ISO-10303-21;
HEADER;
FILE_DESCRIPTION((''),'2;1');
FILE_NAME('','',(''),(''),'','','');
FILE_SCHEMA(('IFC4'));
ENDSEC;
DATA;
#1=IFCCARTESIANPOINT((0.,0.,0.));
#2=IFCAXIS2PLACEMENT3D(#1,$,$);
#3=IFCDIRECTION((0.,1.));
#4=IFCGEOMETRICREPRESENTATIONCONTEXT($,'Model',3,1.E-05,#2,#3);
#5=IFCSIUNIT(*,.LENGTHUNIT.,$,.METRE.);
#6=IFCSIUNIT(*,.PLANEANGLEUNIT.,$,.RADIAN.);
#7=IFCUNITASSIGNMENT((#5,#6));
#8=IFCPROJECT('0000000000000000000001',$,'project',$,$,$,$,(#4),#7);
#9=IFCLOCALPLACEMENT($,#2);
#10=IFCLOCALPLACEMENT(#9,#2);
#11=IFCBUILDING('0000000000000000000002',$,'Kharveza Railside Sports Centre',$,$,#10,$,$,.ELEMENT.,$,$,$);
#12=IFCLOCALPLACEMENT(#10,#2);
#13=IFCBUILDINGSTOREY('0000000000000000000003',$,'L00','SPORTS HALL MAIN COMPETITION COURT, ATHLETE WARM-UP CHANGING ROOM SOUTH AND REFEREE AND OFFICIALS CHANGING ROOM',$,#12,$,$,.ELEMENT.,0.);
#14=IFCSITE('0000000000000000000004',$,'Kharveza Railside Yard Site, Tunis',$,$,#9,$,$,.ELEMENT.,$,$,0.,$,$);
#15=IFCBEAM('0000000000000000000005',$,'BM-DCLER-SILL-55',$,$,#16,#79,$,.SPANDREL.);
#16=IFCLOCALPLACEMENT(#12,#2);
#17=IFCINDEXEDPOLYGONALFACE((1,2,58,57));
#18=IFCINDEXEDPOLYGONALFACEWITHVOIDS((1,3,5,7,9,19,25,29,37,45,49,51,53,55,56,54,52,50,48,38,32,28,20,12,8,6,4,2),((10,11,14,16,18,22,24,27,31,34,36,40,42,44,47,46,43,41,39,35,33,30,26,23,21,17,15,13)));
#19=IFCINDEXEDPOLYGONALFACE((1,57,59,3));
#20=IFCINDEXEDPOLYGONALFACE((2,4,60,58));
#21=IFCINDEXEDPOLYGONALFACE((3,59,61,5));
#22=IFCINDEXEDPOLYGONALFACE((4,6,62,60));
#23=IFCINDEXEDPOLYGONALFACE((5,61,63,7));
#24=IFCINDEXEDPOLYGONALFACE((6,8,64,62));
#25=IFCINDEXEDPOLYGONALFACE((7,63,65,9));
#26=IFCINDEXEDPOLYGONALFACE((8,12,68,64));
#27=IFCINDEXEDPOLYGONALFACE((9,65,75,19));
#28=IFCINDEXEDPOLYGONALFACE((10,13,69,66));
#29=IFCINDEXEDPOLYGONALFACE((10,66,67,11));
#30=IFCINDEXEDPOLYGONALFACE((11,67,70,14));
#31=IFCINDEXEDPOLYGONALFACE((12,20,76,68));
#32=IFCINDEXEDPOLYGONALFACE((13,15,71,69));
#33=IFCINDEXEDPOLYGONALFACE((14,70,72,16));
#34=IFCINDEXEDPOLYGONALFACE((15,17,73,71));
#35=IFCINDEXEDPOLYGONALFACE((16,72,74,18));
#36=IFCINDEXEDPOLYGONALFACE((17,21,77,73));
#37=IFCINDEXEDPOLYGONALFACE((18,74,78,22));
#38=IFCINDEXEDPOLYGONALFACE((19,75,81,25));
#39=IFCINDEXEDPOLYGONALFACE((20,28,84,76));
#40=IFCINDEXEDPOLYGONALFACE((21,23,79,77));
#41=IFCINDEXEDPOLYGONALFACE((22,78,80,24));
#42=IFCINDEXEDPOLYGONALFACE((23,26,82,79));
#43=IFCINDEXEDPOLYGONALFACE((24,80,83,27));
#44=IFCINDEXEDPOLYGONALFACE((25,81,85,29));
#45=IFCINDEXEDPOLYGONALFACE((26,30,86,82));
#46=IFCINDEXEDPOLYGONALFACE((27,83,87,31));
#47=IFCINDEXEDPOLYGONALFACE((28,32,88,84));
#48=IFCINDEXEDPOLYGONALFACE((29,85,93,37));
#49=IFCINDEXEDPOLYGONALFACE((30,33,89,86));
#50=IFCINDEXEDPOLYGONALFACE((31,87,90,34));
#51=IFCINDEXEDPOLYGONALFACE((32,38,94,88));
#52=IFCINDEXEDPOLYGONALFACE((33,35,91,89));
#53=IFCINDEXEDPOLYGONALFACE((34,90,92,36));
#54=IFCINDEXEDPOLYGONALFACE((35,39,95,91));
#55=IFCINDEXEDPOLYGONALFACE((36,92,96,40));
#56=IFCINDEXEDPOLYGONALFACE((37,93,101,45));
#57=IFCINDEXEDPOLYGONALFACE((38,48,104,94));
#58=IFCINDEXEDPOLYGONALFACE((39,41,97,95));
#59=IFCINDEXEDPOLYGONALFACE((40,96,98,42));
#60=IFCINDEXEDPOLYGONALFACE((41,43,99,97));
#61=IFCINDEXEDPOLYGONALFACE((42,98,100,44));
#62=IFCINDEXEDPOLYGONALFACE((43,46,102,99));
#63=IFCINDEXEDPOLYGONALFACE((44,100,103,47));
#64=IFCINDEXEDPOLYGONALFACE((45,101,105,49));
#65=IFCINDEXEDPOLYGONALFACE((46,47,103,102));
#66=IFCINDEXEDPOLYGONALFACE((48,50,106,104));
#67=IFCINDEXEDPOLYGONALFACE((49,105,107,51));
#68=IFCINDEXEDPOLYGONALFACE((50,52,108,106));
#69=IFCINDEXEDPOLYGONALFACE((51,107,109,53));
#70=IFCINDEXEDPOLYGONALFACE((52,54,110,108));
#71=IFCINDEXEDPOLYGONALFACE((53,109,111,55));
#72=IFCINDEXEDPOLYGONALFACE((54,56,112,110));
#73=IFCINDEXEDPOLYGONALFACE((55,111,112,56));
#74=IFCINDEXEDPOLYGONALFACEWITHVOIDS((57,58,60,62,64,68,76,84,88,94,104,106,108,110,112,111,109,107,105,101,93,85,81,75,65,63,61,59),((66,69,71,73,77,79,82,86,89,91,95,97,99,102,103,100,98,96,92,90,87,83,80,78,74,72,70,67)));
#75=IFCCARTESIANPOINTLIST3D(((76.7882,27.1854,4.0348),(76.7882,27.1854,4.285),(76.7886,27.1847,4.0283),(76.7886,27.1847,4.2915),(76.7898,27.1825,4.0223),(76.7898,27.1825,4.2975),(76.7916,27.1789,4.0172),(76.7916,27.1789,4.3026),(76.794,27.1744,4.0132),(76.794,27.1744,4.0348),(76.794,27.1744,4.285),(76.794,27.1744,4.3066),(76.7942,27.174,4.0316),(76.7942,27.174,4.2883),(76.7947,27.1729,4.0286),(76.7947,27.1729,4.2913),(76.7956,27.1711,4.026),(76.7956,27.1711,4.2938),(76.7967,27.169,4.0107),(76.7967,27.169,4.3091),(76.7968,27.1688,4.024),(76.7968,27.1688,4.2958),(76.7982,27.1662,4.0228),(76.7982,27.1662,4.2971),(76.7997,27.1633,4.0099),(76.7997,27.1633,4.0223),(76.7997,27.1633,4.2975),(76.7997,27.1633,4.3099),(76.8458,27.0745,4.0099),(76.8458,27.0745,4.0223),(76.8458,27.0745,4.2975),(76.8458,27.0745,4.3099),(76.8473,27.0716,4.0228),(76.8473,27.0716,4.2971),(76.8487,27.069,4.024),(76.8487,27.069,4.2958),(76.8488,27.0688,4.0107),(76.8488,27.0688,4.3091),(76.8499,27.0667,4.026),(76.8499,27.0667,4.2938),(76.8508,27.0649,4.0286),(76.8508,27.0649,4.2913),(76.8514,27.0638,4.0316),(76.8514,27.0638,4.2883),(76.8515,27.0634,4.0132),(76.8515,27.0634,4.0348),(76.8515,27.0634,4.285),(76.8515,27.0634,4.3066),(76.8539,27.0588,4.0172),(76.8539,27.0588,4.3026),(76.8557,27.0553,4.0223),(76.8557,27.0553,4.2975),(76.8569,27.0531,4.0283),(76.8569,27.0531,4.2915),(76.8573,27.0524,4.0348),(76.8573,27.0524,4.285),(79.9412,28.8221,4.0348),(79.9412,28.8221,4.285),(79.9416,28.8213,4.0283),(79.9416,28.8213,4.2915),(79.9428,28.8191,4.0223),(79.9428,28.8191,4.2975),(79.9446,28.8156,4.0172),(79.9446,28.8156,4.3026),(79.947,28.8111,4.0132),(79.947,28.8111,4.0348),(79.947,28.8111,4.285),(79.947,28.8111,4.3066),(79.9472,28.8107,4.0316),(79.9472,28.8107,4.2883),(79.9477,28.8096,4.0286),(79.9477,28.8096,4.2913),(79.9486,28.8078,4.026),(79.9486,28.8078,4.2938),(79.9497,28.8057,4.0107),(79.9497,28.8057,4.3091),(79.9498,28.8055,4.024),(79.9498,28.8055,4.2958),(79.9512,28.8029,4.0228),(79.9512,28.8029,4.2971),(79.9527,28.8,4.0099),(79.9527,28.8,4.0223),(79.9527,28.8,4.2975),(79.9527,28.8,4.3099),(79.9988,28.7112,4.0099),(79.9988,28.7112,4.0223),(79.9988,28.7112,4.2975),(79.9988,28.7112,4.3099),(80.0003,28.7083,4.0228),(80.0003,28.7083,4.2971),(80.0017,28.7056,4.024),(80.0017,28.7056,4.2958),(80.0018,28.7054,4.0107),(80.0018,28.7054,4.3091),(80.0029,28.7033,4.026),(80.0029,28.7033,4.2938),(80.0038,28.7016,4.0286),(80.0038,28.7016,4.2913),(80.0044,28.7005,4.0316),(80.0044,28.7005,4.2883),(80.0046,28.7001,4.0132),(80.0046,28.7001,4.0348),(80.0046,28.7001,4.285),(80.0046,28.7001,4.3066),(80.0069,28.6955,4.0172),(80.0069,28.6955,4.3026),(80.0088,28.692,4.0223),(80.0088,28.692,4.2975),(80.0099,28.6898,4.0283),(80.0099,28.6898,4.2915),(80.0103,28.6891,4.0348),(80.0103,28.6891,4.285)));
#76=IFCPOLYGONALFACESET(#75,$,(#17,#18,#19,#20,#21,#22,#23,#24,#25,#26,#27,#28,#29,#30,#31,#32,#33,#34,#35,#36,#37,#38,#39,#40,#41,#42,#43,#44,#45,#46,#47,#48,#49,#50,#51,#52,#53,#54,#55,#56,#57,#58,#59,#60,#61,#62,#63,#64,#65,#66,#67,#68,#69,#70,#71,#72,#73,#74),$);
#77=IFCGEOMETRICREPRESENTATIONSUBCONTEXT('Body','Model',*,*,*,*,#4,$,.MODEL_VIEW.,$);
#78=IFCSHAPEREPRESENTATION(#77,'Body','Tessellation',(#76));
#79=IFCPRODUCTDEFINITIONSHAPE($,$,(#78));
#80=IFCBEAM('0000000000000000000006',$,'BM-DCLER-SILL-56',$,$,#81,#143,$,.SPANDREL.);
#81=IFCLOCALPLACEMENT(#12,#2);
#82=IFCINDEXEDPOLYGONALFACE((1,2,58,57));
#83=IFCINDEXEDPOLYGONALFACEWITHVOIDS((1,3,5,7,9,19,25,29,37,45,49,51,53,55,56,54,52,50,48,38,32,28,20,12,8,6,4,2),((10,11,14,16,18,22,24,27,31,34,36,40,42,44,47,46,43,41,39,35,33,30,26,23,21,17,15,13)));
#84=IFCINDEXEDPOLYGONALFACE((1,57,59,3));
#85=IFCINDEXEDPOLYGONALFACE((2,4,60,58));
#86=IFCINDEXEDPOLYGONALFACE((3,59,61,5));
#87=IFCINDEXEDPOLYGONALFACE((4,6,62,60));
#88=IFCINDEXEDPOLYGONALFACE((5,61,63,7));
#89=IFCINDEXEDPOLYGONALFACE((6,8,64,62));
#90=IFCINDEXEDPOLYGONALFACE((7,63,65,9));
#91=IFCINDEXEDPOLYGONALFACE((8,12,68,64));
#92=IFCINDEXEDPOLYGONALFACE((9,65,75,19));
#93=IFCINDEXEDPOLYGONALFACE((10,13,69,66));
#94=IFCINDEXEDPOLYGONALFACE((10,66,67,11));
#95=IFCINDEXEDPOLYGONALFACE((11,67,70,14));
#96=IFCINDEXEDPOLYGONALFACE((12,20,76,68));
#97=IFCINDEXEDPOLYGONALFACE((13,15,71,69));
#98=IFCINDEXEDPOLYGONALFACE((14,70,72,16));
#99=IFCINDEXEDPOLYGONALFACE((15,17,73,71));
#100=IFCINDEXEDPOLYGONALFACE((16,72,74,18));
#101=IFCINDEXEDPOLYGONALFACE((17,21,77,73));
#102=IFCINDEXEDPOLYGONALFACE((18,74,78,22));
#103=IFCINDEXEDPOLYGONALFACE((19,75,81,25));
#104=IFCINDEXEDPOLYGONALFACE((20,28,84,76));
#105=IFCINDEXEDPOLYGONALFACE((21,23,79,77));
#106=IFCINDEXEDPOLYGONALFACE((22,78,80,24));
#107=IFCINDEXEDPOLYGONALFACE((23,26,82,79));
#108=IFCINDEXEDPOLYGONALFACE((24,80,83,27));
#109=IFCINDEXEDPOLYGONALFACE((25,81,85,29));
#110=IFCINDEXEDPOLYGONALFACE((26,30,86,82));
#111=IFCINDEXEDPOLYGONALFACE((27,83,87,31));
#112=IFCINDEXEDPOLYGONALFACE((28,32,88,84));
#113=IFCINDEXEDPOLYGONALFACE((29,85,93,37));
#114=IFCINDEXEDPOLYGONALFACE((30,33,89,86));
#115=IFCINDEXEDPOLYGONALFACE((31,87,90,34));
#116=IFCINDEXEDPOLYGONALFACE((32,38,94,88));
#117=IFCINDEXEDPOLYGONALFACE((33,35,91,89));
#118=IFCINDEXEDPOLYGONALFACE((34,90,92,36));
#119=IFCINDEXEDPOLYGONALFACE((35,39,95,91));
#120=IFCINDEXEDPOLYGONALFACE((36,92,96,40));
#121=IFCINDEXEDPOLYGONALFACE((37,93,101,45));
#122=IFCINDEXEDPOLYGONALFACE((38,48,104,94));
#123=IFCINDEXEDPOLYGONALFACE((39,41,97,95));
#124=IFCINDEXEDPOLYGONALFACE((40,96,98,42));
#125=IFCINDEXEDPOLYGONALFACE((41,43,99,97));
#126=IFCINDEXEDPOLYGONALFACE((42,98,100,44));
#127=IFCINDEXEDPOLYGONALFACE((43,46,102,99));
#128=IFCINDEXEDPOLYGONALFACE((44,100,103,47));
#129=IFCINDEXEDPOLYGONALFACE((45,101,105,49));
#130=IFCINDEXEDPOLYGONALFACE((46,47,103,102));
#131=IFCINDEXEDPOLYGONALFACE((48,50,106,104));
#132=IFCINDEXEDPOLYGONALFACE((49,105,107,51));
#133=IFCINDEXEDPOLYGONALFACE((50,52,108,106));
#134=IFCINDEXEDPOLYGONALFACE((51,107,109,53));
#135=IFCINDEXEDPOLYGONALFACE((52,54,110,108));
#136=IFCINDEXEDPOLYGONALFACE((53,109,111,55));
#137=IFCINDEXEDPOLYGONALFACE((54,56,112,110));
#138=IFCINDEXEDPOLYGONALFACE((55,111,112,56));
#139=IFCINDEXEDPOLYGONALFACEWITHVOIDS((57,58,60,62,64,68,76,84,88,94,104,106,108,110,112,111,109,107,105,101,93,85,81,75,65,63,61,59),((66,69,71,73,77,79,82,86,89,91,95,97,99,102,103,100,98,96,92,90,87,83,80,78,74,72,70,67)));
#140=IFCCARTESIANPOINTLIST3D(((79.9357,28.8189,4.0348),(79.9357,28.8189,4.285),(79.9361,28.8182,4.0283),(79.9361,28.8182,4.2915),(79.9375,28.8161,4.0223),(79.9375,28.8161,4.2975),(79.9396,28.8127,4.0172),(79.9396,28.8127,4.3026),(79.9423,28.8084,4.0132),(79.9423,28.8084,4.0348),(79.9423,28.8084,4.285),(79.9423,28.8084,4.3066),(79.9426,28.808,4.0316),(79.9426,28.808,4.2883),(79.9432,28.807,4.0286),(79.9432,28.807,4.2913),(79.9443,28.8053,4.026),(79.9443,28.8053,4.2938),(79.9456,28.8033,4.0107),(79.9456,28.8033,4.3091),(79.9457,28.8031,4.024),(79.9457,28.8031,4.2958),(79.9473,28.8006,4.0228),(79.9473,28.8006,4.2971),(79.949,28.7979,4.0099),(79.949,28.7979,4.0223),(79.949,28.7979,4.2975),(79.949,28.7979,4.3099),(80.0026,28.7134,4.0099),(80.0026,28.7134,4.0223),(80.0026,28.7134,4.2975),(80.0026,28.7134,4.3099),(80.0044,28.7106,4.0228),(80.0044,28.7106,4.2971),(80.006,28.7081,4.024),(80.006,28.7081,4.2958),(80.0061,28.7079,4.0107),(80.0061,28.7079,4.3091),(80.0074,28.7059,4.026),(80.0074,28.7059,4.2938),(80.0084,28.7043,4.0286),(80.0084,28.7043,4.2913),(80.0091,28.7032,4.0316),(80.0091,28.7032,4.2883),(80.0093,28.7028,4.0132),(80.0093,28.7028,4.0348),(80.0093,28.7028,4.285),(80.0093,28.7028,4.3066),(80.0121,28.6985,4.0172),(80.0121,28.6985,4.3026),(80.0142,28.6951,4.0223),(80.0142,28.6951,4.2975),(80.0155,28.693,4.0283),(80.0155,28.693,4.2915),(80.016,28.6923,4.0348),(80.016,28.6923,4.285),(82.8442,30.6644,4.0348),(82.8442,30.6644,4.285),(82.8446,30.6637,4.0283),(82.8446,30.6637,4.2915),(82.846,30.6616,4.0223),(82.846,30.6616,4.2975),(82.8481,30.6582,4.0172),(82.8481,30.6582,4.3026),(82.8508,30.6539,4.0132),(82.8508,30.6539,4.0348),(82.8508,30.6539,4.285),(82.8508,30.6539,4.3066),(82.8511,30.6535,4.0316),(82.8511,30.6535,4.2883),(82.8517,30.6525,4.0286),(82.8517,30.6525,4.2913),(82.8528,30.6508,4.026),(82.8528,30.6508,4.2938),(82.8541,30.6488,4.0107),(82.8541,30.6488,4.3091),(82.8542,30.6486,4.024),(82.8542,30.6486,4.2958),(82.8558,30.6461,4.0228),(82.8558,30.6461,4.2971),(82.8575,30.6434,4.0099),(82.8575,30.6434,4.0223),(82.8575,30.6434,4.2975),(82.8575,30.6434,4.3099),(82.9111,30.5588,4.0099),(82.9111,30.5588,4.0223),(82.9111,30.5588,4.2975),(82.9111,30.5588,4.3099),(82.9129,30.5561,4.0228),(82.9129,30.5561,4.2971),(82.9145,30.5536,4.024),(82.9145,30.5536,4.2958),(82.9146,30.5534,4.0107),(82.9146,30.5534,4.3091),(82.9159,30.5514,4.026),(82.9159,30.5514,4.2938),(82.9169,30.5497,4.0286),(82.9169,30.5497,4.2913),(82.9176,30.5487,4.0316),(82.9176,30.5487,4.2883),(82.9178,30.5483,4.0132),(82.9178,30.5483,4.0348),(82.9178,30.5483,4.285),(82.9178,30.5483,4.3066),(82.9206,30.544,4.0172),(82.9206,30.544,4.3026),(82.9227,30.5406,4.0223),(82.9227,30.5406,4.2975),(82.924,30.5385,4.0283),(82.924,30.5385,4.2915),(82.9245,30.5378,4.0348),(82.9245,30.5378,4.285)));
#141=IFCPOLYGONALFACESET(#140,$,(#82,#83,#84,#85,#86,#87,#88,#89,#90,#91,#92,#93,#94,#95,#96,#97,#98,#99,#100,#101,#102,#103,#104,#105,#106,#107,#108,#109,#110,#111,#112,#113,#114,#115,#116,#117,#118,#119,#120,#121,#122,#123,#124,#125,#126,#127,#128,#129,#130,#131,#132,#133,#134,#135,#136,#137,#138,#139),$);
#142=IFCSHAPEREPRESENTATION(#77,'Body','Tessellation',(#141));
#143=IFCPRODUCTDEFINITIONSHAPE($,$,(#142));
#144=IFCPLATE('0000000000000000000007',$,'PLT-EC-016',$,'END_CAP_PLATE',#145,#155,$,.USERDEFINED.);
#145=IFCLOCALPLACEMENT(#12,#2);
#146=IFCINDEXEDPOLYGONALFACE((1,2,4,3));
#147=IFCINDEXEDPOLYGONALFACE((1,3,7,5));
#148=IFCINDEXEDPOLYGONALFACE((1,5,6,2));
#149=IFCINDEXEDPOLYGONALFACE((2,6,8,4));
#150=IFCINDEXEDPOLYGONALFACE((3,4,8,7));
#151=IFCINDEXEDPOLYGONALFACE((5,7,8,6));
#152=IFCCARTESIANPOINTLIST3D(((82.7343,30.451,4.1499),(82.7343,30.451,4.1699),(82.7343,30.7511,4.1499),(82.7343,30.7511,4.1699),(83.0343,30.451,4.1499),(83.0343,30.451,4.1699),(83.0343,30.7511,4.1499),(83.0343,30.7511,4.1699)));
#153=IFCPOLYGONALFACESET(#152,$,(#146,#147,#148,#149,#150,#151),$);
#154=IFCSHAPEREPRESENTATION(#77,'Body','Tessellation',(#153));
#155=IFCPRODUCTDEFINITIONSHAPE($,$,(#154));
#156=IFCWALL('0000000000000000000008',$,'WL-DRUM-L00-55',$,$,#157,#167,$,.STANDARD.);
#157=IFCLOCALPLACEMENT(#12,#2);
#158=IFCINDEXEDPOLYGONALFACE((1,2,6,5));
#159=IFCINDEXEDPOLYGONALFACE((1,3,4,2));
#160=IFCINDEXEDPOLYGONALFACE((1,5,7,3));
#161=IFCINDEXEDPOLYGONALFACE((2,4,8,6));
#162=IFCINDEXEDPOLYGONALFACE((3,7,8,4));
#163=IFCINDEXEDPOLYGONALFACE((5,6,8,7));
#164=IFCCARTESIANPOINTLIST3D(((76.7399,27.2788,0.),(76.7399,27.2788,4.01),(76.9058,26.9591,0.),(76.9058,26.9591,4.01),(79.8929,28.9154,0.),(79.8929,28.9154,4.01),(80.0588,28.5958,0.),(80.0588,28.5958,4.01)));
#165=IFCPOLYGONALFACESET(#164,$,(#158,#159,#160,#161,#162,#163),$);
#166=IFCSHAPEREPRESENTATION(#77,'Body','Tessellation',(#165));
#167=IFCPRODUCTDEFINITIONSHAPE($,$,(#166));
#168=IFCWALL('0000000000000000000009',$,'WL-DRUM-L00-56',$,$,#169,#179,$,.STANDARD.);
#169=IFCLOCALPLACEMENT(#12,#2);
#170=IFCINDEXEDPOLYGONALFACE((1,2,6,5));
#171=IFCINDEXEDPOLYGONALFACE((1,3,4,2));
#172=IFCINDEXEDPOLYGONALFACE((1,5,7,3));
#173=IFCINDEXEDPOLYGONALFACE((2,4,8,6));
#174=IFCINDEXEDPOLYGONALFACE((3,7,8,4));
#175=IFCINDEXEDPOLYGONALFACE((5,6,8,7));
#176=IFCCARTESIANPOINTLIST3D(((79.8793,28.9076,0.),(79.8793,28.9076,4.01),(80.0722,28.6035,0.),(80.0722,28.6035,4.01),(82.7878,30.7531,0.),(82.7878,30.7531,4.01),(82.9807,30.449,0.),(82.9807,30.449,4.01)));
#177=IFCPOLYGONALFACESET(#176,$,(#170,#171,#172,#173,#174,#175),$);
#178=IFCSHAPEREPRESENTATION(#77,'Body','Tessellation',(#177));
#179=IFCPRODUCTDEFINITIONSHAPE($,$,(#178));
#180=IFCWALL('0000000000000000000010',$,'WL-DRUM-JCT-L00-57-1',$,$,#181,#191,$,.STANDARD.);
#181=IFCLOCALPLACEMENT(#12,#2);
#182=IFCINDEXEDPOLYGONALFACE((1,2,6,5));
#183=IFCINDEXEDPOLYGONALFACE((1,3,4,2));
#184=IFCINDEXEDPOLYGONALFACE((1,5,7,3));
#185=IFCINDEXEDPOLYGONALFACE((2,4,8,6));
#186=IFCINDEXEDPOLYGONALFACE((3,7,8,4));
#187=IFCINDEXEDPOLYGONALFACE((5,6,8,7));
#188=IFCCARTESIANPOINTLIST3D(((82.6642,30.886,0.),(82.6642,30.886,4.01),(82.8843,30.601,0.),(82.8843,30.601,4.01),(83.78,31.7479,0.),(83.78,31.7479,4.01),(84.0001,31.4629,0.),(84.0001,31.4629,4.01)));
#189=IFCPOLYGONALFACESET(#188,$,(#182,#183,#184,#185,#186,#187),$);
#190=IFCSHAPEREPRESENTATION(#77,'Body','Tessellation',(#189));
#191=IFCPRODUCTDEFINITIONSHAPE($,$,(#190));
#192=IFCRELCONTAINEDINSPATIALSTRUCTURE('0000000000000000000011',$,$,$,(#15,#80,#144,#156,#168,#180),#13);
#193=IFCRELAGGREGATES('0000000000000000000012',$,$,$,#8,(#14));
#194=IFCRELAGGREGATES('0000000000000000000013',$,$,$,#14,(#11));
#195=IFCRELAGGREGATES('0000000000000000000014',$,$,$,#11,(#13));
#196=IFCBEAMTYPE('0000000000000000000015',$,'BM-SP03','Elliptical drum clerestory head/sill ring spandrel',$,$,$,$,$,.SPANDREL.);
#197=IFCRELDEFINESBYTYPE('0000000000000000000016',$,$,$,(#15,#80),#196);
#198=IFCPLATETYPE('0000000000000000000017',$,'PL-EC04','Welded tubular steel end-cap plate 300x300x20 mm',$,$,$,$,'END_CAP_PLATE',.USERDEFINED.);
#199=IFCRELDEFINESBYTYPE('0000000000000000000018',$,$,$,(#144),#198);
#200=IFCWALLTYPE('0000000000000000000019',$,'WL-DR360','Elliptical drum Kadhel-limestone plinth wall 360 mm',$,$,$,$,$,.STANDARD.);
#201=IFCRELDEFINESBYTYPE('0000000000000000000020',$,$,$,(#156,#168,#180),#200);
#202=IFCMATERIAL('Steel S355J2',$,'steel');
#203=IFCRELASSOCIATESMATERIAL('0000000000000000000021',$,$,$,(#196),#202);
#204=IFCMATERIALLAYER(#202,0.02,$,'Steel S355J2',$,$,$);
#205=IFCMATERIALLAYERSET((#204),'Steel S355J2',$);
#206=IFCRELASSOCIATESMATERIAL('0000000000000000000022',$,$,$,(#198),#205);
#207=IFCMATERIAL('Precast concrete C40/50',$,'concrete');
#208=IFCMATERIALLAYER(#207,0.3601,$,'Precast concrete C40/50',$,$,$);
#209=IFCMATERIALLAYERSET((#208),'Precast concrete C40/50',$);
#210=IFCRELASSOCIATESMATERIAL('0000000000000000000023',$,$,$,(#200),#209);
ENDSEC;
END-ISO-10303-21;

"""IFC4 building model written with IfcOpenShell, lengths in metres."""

from ifc_helpers import new_model, si_unit, direction, frame, frame_2d, origin, origin_2d, place, context, subcontext, project, spatial, rectangle, hollow_rectangle, extrude, material, layer, layer_set, material_profile, profile_set, type_object, element, save


model = new_model("IFC4")

# Units and contexts
model_context = context("Model", 3, precision=1e-05, world=origin(), true_north=direction((0.0, 1.0)))
body_context = subcontext(model_context, "Body", "Model", "MODEL_VIEW")
ifc_project = project(units=[si_unit("LENGTHUNIT", "METRE"), si_unit("PLANEANGLEUNIT", "RADIAN")], contexts=[model_context])

# Site, building, storey
site_placement = place(None, origin())
site = spatial("IfcSite", under=ifc_project, at=site_placement, Name="Kharveza Railside Yard Site, Tunis", CompositionType="ELEMENT", RefElevation=0.0)
building_placement = place(site_placement, origin())
building = spatial("IfcBuilding", under=site, at=building_placement, Name="Kharveza Railside Sports Centre", CompositionType="ELEMENT")
storey_placement = place(building_placement, origin())
storey = spatial("IfcBuildingStorey", under=building, at=storey_placement, Name="L00", Description="SPORTS HALL MAIN COMPETITION COURT, ATHLETE WARM-UP CHANGING ROOM SOUTH AND REFEREE AND OFFICIALS CHANGING ROOM", CompositionType="ELEMENT", Elevation=0.0)

# Shared definitions
ifc_material_1 = material(Name="Steel S355J2", Category="steel")

# Beams
ifc_material_profile_1 = material_profile(ifc_material_1, hollow_rectangle(XDim=0.1499, YDim=0.3, WallThickness=0.0125, InnerFilletRadius=0.0125, OuterFilletRadius=0.0249, at=origin_2d()), Name="RHS 150x300x12.5")
ifc_profile_set_1 = profile_set([ifc_material_profile_1], Name="Steel S355J2")
beam_type_1 = type_object("IfcBeamType", Name="BM-SP03", Description="Elliptical drum clerestory head/sill ring spandrel", PredefinedType="SPANDREL", material=ifc_profile_set_1)
beam_1_placement = place(storey_placement, frame((76.8228, 27.1189, 4.1599), z_axis=(0.887548, 0.460714, 0.0), x_axis=(-0.460714, 0.887548, 0.0)))
element("IfcBeam", 1, at=beam_1_placement, inside=storey, type_object=beam_type_1, Name="BM-DCLER-SILL-55", PredefinedType="SPANDREL", context=body_context, shape_type="SweptSolid", body=[
    extrude(hollow_rectangle(XDim=0.1499, YDim=0.3, WallThickness=0.0125, InnerFilletRadius=0.0125, OuterFilletRadius=0.0249, at=origin_2d()), origin(), (0.0, 0.0, 1.0), 3.5525),
])
beam_2_placement = place(storey_placement, frame((79.9758, 28.7556, 4.1599), z_axis=(0.844367, 0.535765, 0.0), x_axis=(-0.535765, 0.844367, 0.0)))
element("IfcBeam", 2, at=beam_2_placement, inside=storey, type_object=beam_type_1, Name="BM-DCLER-SILL-56", PredefinedType="SPANDREL", context=body_context, shape_type="SweptSolid", body=[
    extrude(hollow_rectangle(XDim=0.1499, YDim=0.3, WallThickness=0.0125, InnerFilletRadius=0.0125, OuterFilletRadius=0.0249, at=origin_2d()), origin(), (0.0, 0.0, 1.0), 3.4446),
])

# Plate
ifc_layer_1 = layer(ifc_material_1, 0.02, Name="Steel S355J2")
ifc_layer_set_1 = layer_set([ifc_layer_1], Name="Steel S355J2")
plate_type = type_object("IfcPlateType", Name="PL-EC04", Description="Welded tubular steel end-cap plate 300x300x20 mm", ElementType="END_CAP_PLATE", PredefinedType="USERDEFINED", material=ifc_layer_set_1)
plate_placement = place(storey_placement, frame((82.8843, 30.6011, 4.1499), z_axis=(0.0, 0.0, 1.0), x_axis=(1.0, 0.0, 0.0)))
element("IfcPlate", 3, at=plate_placement, inside=storey, type_object=plate_type, Name="PLT-EC-016", ObjectType="END_CAP_PLATE", PredefinedType="USERDEFINED", context=body_context, shape_type="SweptSolid", body=[
    extrude(rectangle(XDim=0.3, YDim=0.3, at=origin_2d()), origin(), (0.0, 0.0, 1.0), 0.02),
])

# Walls
ifc_material_2 = material(Name="Precast concrete C40/50", Category="concrete")
ifc_layer_2 = layer(ifc_material_2, 0.3601, Name="Precast concrete C40/50")
ifc_layer_set_2 = layer_set([ifc_layer_2], Name="Precast concrete C40/50")
wall_type_1 = type_object("IfcWallType", Name="WL-DR360", Description="Elliptical drum Kadhel-limestone plinth wall 360 mm", PredefinedType="STANDARD", material=ifc_layer_set_2)
wall_1_placement = place(storey_placement, frame((76.8228, 27.1189, 0.0), z_axis=(0.0, 0.0, 1.0), x_axis=(0.887548, 0.460714, 0.0)))
element("IfcWall", 4, at=wall_1_placement, inside=storey, type_object=wall_type_1, Name="WL-DRUM-L00-55", PredefinedType="STANDARD", context=body_context, shape_type="SweptSolid", body=[
    extrude(rectangle(XDim=3.5525, YDim=0.3601, at=frame_2d((1.7764, 0.0))), origin(), (0.0, 0.0, 1.0), 4.01),
])
wall_2_placement = place(storey_placement, frame((79.9758, 28.7556, 0.0), z_axis=(0.0, 0.0, 1.0), x_axis=(0.844367, 0.535765, 0.0)))
element("IfcWall", 5, at=wall_2_placement, inside=storey, type_object=wall_type_1, Name="WL-DRUM-L00-56", PredefinedType="STANDARD", context=body_context, shape_type="SweptSolid", body=[
    extrude(rectangle(XDim=3.4446, YDim=0.3601, at=frame_2d((1.7222, 0.0))), origin(), (0.0, 0.0, 1.0), 4.01),
])
wall_3_placement = place(storey_placement, frame((82.7742, 30.7434, 0.0), z_axis=(0.0, 0.0, 1.0), x_axis=(0.791399, 0.6113, 0.0)))
element("IfcWall", 6, at=wall_3_placement, inside=storey, type_object=wall_type_1, Name="WL-DRUM-JCT-L00-57-1", PredefinedType="STANDARD", context=body_context, shape_type="SweptSolid", body=[
    extrude(rectangle(XDim=1.4099, YDim=0.3601, at=frame_2d((0.7051, 0.0))), origin(), (0.0, 0.0, 1.0), 4.01),
])

save(model, "model.ifc")
